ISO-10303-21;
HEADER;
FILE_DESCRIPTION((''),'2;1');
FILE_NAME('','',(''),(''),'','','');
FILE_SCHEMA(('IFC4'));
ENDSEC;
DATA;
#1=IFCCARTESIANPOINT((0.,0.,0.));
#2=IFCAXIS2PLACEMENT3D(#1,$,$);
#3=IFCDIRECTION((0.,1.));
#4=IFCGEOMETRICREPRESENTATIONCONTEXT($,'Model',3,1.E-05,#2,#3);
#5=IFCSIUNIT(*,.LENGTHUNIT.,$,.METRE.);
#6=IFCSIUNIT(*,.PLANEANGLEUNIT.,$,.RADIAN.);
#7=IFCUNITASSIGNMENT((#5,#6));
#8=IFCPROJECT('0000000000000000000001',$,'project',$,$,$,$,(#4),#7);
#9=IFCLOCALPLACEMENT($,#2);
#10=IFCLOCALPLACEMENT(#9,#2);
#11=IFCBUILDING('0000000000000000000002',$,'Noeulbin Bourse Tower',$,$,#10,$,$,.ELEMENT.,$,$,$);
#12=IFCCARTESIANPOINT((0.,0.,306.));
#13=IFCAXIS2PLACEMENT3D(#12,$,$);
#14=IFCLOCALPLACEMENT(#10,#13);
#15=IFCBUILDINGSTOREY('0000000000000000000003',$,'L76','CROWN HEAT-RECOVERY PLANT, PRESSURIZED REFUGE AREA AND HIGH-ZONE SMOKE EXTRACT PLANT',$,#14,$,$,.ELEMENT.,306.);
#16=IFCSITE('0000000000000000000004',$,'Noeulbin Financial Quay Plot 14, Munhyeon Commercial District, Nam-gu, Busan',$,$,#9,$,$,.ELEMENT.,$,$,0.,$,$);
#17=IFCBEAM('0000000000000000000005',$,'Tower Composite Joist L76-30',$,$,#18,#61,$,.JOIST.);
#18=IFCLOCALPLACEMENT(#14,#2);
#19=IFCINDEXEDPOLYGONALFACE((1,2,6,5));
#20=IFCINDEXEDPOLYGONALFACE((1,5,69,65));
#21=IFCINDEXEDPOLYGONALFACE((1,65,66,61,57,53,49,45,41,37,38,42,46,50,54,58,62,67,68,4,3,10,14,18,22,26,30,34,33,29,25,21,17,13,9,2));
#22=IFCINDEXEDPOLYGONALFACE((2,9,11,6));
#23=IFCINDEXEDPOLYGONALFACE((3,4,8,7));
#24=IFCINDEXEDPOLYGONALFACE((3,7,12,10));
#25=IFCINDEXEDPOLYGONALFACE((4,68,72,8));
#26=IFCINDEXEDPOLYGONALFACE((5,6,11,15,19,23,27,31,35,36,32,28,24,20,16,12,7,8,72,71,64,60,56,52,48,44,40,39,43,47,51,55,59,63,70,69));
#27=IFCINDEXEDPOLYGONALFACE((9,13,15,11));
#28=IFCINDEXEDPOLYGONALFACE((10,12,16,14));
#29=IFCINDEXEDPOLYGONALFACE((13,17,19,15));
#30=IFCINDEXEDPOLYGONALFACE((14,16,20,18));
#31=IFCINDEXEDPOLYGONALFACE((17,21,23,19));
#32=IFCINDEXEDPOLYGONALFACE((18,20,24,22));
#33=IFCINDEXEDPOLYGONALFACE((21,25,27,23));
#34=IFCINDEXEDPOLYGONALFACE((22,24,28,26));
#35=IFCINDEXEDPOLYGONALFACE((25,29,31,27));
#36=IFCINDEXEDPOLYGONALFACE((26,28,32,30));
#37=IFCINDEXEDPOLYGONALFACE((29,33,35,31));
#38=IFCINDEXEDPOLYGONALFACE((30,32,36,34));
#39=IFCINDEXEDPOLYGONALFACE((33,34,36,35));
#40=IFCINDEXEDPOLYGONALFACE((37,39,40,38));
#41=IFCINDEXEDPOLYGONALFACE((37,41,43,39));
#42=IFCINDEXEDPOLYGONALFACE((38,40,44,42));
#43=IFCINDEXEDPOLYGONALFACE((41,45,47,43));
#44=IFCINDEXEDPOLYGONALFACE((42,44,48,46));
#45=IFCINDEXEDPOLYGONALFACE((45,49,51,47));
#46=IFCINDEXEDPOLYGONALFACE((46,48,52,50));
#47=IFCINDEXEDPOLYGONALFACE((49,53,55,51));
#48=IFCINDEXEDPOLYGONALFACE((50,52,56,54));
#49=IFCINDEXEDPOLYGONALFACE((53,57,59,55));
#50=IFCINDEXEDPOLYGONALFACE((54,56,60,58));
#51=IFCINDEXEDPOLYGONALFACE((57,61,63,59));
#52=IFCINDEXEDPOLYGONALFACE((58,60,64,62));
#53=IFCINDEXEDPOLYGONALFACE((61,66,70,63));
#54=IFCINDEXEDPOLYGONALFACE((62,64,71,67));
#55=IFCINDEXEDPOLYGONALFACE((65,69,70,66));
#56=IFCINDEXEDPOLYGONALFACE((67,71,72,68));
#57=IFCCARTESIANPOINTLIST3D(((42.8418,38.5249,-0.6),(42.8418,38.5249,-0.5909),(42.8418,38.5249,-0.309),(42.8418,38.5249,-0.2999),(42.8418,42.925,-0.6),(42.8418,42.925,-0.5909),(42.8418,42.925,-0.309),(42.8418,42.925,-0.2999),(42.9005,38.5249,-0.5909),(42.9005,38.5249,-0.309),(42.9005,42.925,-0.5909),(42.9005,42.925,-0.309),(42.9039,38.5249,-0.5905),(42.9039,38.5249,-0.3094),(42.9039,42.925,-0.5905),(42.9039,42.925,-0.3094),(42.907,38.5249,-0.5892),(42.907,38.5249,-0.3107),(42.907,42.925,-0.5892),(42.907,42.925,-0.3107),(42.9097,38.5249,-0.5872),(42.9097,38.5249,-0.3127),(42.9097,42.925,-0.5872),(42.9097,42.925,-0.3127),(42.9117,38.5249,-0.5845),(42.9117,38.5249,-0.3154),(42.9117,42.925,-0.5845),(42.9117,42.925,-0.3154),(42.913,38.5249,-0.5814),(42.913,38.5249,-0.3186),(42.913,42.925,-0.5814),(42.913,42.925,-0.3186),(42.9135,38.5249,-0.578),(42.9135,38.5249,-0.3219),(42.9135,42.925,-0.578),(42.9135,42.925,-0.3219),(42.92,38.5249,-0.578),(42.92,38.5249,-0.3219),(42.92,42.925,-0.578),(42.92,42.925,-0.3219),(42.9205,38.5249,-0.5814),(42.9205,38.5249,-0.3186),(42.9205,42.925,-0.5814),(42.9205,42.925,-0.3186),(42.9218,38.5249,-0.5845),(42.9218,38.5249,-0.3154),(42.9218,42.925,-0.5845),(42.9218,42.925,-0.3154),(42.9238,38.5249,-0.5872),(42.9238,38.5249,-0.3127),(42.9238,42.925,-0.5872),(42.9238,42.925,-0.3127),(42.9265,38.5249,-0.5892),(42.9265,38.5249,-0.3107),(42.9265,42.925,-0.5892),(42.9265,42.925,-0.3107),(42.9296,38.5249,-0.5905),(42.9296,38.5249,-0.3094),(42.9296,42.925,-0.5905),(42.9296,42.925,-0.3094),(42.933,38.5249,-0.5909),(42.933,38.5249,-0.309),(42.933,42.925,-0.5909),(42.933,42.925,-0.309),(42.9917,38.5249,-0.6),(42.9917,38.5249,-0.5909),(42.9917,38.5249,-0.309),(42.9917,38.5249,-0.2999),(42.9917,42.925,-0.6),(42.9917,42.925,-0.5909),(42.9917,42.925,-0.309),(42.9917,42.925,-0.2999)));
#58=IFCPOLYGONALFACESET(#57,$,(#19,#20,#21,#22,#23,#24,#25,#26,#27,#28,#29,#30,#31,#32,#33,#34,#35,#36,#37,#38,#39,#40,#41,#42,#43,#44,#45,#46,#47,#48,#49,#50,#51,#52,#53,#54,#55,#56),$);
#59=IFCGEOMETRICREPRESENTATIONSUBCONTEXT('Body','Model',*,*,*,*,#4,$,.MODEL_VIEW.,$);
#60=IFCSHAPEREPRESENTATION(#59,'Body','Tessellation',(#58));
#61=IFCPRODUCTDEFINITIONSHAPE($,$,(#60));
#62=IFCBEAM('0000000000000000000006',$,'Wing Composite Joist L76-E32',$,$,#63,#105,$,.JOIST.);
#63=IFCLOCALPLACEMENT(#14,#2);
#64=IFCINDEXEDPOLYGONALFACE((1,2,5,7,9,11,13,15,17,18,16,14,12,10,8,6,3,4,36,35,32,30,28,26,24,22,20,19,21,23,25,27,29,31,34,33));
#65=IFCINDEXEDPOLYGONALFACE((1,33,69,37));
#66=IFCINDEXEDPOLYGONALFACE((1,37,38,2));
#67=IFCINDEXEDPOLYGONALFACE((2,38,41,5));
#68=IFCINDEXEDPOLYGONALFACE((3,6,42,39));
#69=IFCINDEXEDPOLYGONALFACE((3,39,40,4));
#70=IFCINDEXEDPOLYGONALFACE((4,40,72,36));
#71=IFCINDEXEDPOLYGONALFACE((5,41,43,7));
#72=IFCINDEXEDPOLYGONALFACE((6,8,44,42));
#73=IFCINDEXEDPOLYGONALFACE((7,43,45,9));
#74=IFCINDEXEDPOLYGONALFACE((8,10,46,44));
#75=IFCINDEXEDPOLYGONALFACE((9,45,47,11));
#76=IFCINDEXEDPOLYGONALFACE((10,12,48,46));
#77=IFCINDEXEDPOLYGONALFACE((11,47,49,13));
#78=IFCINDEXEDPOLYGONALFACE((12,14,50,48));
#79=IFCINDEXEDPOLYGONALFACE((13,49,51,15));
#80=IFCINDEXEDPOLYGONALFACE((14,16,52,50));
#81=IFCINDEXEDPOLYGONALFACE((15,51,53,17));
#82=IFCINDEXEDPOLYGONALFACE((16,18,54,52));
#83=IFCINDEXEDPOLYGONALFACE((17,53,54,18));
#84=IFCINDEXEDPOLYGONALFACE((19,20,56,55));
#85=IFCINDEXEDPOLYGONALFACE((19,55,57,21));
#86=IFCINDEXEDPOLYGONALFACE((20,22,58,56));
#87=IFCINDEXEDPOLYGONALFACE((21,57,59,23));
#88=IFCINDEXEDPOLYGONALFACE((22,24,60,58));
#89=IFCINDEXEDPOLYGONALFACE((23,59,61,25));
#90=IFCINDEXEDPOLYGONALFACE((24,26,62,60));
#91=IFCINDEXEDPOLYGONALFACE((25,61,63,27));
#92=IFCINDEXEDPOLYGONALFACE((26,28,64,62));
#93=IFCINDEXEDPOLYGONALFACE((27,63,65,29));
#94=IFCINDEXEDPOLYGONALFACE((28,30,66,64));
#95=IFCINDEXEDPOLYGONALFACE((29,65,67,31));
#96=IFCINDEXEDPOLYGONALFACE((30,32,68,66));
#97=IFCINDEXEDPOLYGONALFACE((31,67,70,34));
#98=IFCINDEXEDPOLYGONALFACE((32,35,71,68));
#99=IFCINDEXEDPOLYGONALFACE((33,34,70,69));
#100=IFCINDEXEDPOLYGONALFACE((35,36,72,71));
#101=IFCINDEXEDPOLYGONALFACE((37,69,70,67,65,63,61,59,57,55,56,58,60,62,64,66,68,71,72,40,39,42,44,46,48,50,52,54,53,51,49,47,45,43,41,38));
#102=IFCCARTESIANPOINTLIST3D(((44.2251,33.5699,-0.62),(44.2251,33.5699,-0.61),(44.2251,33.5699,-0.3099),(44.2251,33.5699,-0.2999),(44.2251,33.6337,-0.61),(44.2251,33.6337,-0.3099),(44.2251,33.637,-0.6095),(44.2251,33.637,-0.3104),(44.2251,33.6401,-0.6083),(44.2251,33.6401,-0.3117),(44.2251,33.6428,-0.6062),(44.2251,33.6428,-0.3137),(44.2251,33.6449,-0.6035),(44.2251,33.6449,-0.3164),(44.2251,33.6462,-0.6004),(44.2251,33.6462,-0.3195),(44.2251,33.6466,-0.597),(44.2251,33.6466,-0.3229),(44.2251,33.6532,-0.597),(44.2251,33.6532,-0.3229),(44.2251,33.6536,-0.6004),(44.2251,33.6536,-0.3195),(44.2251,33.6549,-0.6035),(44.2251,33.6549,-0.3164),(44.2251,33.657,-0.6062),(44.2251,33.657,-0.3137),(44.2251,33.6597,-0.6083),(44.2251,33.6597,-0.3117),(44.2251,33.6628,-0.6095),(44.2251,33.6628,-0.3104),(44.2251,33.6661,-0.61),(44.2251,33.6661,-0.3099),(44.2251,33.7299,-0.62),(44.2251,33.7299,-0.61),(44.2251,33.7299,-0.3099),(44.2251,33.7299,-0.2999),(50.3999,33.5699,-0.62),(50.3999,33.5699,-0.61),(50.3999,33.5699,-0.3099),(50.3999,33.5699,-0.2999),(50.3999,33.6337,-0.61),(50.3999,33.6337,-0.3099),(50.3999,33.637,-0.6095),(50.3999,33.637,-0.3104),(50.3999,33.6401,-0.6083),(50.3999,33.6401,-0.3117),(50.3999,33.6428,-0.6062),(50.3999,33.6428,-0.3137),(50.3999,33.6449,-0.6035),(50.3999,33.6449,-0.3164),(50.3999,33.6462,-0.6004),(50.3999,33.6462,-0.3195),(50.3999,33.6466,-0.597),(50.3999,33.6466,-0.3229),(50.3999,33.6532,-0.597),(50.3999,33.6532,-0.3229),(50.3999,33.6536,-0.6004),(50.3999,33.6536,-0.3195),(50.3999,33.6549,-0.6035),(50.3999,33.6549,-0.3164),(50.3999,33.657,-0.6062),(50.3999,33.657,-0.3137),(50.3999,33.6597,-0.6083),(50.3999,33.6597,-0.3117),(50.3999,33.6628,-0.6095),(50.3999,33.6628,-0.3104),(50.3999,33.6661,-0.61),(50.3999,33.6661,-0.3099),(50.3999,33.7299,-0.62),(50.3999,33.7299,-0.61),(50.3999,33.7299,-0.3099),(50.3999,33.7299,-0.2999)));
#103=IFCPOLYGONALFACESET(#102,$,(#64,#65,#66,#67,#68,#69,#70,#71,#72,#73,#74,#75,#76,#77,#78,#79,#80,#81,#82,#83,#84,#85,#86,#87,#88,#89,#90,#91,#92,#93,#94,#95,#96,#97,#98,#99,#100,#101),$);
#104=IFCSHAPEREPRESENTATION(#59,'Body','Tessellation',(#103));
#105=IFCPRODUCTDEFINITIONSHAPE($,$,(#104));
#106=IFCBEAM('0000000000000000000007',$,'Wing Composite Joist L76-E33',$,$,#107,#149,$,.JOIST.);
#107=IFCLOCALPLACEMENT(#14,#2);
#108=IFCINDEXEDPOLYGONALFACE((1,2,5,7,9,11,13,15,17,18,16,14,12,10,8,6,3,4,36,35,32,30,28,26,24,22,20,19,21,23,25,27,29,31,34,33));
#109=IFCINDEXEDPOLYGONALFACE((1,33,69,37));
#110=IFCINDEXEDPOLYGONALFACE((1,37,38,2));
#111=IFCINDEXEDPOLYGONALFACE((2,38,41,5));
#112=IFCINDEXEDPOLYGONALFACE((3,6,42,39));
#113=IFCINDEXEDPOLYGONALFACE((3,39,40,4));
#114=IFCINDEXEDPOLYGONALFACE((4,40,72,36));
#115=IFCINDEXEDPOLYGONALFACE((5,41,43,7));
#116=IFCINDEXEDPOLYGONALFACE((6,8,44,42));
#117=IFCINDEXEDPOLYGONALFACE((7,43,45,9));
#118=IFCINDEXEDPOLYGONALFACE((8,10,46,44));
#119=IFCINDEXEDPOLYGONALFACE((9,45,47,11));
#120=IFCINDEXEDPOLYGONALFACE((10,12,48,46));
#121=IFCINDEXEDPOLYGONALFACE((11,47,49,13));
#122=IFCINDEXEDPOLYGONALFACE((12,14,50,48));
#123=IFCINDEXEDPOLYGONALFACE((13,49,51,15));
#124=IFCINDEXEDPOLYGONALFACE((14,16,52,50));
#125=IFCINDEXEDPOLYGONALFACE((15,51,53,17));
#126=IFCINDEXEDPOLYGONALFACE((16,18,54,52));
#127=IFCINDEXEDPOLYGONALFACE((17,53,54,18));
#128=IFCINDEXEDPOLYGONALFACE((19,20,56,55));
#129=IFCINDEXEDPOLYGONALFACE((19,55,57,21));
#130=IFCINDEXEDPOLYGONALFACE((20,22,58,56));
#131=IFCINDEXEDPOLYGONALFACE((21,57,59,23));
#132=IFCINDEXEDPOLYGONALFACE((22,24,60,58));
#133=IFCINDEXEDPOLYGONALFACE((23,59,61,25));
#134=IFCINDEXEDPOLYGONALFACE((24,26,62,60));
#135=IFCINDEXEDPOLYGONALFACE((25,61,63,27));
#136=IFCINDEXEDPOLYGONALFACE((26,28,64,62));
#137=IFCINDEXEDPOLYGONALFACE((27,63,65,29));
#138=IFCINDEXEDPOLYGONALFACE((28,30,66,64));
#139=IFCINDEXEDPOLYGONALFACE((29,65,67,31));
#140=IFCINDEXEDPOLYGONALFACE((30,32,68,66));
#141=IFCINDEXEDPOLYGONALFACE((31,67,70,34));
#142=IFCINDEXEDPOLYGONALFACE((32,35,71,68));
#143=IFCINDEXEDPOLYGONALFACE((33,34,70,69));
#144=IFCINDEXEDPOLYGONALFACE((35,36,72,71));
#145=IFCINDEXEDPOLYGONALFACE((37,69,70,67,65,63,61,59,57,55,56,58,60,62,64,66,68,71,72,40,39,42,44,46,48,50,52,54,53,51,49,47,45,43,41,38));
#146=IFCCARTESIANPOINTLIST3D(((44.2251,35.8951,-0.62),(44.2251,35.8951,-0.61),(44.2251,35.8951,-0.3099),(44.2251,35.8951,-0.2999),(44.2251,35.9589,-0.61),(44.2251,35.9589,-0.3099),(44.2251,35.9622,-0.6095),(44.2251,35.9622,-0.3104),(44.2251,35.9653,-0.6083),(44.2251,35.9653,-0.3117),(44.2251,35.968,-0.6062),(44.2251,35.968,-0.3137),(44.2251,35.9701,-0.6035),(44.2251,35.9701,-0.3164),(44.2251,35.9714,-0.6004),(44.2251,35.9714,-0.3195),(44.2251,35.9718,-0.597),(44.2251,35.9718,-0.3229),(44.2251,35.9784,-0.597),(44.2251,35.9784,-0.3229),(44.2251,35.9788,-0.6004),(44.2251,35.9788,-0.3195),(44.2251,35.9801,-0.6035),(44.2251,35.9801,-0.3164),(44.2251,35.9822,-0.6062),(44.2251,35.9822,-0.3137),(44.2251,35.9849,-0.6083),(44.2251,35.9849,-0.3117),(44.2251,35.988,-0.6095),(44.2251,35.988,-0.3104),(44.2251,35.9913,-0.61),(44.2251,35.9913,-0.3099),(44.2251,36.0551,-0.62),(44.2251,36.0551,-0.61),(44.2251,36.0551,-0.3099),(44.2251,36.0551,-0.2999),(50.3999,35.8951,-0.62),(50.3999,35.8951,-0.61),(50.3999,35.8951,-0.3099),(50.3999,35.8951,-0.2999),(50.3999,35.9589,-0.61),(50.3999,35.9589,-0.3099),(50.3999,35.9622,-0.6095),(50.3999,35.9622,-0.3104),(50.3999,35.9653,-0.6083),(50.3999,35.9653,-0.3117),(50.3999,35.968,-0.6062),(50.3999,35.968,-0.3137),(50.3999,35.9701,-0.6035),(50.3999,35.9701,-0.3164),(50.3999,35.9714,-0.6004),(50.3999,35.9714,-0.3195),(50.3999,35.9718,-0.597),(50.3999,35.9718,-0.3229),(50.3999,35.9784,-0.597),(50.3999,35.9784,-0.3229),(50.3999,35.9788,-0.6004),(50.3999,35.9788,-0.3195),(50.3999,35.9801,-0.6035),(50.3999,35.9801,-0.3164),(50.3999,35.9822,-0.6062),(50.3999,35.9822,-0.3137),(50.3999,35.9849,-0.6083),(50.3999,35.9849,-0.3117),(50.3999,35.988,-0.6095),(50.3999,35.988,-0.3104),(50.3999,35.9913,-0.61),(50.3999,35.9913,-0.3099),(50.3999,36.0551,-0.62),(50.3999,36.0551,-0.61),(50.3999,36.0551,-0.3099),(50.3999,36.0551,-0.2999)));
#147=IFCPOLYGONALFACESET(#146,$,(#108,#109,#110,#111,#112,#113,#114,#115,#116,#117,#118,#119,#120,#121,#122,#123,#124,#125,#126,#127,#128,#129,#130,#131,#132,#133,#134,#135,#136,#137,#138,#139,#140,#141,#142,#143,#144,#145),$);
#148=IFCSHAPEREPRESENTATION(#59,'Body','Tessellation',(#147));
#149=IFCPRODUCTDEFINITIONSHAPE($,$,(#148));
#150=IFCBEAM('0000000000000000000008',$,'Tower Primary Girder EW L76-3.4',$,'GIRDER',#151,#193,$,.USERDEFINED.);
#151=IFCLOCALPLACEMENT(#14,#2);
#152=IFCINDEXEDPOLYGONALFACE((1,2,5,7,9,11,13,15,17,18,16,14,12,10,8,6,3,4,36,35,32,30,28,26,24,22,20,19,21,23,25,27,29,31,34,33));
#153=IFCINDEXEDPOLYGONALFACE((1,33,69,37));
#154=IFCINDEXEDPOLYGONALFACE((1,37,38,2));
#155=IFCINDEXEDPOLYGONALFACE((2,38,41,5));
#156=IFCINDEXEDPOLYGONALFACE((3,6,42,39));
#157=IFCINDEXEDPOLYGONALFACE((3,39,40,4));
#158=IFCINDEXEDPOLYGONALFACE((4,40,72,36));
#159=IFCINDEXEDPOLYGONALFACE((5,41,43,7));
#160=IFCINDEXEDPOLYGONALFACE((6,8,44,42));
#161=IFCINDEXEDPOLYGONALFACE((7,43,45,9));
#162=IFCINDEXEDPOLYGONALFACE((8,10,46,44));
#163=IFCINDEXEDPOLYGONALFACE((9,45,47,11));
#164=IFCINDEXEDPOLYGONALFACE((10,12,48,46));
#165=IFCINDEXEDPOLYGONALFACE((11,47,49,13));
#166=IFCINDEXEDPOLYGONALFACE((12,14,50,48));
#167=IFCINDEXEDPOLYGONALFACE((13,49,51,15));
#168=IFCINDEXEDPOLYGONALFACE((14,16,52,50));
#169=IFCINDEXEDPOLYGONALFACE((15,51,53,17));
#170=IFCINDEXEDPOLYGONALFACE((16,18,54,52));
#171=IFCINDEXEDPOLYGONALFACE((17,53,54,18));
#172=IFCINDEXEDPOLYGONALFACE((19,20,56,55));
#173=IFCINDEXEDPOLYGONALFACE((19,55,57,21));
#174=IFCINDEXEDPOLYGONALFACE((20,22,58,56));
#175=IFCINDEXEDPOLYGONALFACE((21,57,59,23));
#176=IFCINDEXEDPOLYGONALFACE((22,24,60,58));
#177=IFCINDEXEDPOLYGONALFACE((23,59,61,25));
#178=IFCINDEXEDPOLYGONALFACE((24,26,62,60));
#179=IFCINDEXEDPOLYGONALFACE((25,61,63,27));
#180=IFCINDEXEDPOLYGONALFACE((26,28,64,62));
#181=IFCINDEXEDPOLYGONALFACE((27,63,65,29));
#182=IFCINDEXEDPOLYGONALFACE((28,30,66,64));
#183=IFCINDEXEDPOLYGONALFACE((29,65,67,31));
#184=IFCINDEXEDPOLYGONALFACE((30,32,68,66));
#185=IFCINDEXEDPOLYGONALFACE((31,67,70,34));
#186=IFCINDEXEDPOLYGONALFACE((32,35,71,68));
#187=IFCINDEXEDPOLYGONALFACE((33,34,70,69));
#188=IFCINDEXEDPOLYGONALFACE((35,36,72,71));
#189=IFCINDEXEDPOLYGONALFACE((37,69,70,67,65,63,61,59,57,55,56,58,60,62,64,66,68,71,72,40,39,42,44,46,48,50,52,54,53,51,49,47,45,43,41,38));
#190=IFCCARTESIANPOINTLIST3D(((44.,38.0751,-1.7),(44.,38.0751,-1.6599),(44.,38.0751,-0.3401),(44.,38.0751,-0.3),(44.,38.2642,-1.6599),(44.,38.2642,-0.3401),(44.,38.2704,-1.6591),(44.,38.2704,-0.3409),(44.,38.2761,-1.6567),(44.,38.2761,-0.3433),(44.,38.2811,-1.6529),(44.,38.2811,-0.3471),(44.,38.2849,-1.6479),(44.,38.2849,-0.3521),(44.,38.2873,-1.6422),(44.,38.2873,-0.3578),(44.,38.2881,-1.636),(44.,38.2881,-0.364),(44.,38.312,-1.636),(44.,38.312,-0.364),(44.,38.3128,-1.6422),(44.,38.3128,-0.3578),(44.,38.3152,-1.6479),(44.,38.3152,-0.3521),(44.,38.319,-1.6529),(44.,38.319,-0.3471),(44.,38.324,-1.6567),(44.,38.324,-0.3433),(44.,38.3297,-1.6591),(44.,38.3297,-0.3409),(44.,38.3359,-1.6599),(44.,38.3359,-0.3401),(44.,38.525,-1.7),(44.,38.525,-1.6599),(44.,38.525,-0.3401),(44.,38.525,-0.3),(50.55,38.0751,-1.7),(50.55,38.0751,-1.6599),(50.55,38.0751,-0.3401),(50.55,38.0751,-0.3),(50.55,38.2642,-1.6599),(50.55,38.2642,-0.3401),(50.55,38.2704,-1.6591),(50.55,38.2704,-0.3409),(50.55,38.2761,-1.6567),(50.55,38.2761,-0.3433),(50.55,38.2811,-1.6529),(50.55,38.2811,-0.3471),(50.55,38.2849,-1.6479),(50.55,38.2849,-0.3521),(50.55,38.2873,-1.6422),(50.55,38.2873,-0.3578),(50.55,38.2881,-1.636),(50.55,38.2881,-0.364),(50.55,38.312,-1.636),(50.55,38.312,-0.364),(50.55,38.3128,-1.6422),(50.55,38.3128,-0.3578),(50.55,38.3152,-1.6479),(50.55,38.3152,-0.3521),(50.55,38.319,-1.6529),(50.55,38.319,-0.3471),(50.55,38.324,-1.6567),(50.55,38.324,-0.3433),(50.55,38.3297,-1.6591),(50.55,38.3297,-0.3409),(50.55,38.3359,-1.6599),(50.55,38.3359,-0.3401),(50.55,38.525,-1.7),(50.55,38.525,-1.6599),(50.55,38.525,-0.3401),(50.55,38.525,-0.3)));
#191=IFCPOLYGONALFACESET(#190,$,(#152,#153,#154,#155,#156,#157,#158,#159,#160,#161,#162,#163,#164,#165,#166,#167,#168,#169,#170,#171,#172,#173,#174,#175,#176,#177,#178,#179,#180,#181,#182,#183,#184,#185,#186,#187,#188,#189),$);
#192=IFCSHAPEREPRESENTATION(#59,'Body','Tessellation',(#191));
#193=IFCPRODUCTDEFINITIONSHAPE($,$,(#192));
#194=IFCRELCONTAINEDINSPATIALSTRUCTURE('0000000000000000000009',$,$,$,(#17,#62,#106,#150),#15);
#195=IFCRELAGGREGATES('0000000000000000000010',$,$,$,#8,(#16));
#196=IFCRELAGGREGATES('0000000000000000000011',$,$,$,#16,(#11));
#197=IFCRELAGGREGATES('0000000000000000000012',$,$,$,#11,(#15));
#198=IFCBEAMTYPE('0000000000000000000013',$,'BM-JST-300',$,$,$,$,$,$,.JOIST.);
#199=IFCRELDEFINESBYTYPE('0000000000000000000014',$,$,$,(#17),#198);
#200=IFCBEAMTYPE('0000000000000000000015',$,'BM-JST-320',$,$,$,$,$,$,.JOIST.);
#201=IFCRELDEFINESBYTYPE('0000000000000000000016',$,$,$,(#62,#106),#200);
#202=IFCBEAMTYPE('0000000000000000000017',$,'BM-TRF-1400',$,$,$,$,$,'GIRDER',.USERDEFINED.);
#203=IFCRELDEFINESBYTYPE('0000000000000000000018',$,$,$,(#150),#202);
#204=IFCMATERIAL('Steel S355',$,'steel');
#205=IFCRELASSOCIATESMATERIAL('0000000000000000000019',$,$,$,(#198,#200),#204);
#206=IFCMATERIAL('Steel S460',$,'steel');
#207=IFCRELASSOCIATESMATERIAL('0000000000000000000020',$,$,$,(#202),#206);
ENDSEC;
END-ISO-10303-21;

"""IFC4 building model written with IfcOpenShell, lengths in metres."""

from ifc_helpers import new_model, si_unit, direction, frame, origin, origin_2d, place, context, subcontext, project, spatial, i_section, extrude, material, material_profile, profile_set, type_object, element, save


model = new_model("IFC4")

# Units and contexts
model_context = context("Model", 3, precision=1e-05, world=origin(), true_north=direction((0.0, 1.0)))
body_context = subcontext(model_context, "Body", "Model", "MODEL_VIEW")
ifc_project = project(units=[si_unit("LENGTHUNIT", "METRE"), si_unit("PLANEANGLEUNIT", "RADIAN")], contexts=[model_context])

# Site, building, storey
site_placement = place(None, origin())
site = spatial("IfcSite", under=ifc_project, at=site_placement, Name="Noeulbin Financial Quay Plot 14, Munhyeon Commercial District, Nam-gu, Busan", CompositionType="ELEMENT", RefElevation=0.0)
building_placement = place(site_placement, origin())
building = spatial("IfcBuilding", under=site, at=building_placement, Name="Noeulbin Bourse Tower", CompositionType="ELEMENT")
storey_placement = place(building_placement, frame((0.0, 0.0, 306.0)))
storey = spatial("IfcBuildingStorey", under=building, at=storey_placement, Name="L76", Description="CROWN HEAT-RECOVERY PLANT, PRESSURIZED REFUGE AREA AND HIGH-ZONE SMOKE EXTRACT PLANT", CompositionType="ELEMENT", Elevation=306.0)

# Shared definitions
ifc_material_1 = material(Name="Steel S355", Category="steel")

# Beams
ifc_material_profile_1 = material_profile(ifc_material_1, i_section(OverallWidth=0.1499, OverallDepth=0.3, WebThickness=0.0066, FlangeThickness=0.009, FilletRadius=0.0129, at=origin_2d()), Name="H-300x150x6.5x9", Category="LoadBearing")
ifc_profile_set_1 = profile_set([ifc_material_profile_1], Name="Steel S355")
beam_type_1 = type_object("IfcBeamType", Name="BM-JST-300", PredefinedType="JOIST", material=ifc_profile_set_1)
for number, where, z_axis, x_axis, name in (
    (1, (42.9167, 38.5249, -0.45), (0.0, 1.0, 0.0), (-1.0, 0.0, 0.0), "Tower Composite Joist L76-30"),
):
    element("IfcBeam", number, at=place(storey_placement, frame(where, z_axis=z_axis, x_axis=x_axis)), inside=storey, type_object=beam_type_1, Name=name, PredefinedType="JOIST", context=body_context, shape_type="SweptSolid", body=[
        extrude(i_section(OverallWidth=0.1499, OverallDepth=0.3, WebThickness=0.0066, FlangeThickness=0.009, FilletRadius=0.0129, at=origin_2d()), origin(), (0.0, 0.0, 1.0), 4.4001),
    ])
ifc_material_profile_2 = material_profile(ifc_material_1, i_section(OverallWidth=0.1599, OverallDepth=0.3201, WebThickness=0.0066, FlangeThickness=0.01, FilletRadius=0.0129, at=origin_2d()), Name="H-320x160x6.5x10", Category="LoadBearing")
ifc_profile_set_2 = profile_set([ifc_material_profile_2], Name="Steel S355")
beam_type_2 = type_object("IfcBeamType", Name="BM-JST-320", PredefinedType="JOIST", material=ifc_profile_set_2)
for number, where, z_axis, x_axis, name in (
    (2, (44.2251, 33.6499, -0.46), (1.0, 0.0, 0.0), (0.0, 1.0, 0.0), "Wing Composite Joist L76-E32"),
    (3, (44.2251, 35.9751, -0.46), (1.0, 0.0, 0.0), (0.0, 1.0, 0.0), "Wing Composite Joist L76-E33"),
):
    element("IfcBeam", number, at=place(storey_placement, frame(where, z_axis=z_axis, x_axis=x_axis)), inside=storey, type_object=beam_type_2, Name=name, PredefinedType="JOIST", context=body_context, shape_type="SweptSolid", body=[
        extrude(i_section(OverallWidth=0.1599, OverallDepth=0.3201, WebThickness=0.0066, FlangeThickness=0.01, FilletRadius=0.0129, at=origin_2d()), origin(), (0.0, 0.0, 1.0), 6.1748),
    ])
ifc_material_2 = material(Name="Steel S460", Category="steel")
ifc_material_profile_3 = material_profile(ifc_material_2, i_section(OverallWidth=0.45, OverallDepth=1.3999, WebThickness=0.0239, FlangeThickness=0.04, FilletRadius=0.0239, at=origin_2d()), Name="PG-1400x450x24x40", Category="LoadBearing")
ifc_profile_set_3 = profile_set([ifc_material_profile_3], Name="Steel S460")
beam_type_3 = type_object("IfcBeamType", Name="BM-TRF-1400", ElementType="GIRDER", PredefinedType="USERDEFINED", material=ifc_profile_set_3)
beam_1_placement = place(storey_placement, frame((44.0, 38.3, -1.0), z_axis=(1.0, 0.0, 0.0), x_axis=(0.0, 1.0, 0.0)))
element("IfcBeam", 4, at=beam_1_placement, inside=storey, type_object=beam_type_3, Name="Tower Primary Girder EW L76-3.4", ObjectType="GIRDER", PredefinedType="USERDEFINED", context=body_context, shape_type="SweptSolid", body=[
    extrude(i_section(OverallWidth=0.45, OverallDepth=1.3999, WebThickness=0.0239, FlangeThickness=0.04, FilletRadius=0.0239, at=origin_2d()), origin(), (0.0, 0.0, 1.0), 6.55),
])

save(model, "model.ifc")
